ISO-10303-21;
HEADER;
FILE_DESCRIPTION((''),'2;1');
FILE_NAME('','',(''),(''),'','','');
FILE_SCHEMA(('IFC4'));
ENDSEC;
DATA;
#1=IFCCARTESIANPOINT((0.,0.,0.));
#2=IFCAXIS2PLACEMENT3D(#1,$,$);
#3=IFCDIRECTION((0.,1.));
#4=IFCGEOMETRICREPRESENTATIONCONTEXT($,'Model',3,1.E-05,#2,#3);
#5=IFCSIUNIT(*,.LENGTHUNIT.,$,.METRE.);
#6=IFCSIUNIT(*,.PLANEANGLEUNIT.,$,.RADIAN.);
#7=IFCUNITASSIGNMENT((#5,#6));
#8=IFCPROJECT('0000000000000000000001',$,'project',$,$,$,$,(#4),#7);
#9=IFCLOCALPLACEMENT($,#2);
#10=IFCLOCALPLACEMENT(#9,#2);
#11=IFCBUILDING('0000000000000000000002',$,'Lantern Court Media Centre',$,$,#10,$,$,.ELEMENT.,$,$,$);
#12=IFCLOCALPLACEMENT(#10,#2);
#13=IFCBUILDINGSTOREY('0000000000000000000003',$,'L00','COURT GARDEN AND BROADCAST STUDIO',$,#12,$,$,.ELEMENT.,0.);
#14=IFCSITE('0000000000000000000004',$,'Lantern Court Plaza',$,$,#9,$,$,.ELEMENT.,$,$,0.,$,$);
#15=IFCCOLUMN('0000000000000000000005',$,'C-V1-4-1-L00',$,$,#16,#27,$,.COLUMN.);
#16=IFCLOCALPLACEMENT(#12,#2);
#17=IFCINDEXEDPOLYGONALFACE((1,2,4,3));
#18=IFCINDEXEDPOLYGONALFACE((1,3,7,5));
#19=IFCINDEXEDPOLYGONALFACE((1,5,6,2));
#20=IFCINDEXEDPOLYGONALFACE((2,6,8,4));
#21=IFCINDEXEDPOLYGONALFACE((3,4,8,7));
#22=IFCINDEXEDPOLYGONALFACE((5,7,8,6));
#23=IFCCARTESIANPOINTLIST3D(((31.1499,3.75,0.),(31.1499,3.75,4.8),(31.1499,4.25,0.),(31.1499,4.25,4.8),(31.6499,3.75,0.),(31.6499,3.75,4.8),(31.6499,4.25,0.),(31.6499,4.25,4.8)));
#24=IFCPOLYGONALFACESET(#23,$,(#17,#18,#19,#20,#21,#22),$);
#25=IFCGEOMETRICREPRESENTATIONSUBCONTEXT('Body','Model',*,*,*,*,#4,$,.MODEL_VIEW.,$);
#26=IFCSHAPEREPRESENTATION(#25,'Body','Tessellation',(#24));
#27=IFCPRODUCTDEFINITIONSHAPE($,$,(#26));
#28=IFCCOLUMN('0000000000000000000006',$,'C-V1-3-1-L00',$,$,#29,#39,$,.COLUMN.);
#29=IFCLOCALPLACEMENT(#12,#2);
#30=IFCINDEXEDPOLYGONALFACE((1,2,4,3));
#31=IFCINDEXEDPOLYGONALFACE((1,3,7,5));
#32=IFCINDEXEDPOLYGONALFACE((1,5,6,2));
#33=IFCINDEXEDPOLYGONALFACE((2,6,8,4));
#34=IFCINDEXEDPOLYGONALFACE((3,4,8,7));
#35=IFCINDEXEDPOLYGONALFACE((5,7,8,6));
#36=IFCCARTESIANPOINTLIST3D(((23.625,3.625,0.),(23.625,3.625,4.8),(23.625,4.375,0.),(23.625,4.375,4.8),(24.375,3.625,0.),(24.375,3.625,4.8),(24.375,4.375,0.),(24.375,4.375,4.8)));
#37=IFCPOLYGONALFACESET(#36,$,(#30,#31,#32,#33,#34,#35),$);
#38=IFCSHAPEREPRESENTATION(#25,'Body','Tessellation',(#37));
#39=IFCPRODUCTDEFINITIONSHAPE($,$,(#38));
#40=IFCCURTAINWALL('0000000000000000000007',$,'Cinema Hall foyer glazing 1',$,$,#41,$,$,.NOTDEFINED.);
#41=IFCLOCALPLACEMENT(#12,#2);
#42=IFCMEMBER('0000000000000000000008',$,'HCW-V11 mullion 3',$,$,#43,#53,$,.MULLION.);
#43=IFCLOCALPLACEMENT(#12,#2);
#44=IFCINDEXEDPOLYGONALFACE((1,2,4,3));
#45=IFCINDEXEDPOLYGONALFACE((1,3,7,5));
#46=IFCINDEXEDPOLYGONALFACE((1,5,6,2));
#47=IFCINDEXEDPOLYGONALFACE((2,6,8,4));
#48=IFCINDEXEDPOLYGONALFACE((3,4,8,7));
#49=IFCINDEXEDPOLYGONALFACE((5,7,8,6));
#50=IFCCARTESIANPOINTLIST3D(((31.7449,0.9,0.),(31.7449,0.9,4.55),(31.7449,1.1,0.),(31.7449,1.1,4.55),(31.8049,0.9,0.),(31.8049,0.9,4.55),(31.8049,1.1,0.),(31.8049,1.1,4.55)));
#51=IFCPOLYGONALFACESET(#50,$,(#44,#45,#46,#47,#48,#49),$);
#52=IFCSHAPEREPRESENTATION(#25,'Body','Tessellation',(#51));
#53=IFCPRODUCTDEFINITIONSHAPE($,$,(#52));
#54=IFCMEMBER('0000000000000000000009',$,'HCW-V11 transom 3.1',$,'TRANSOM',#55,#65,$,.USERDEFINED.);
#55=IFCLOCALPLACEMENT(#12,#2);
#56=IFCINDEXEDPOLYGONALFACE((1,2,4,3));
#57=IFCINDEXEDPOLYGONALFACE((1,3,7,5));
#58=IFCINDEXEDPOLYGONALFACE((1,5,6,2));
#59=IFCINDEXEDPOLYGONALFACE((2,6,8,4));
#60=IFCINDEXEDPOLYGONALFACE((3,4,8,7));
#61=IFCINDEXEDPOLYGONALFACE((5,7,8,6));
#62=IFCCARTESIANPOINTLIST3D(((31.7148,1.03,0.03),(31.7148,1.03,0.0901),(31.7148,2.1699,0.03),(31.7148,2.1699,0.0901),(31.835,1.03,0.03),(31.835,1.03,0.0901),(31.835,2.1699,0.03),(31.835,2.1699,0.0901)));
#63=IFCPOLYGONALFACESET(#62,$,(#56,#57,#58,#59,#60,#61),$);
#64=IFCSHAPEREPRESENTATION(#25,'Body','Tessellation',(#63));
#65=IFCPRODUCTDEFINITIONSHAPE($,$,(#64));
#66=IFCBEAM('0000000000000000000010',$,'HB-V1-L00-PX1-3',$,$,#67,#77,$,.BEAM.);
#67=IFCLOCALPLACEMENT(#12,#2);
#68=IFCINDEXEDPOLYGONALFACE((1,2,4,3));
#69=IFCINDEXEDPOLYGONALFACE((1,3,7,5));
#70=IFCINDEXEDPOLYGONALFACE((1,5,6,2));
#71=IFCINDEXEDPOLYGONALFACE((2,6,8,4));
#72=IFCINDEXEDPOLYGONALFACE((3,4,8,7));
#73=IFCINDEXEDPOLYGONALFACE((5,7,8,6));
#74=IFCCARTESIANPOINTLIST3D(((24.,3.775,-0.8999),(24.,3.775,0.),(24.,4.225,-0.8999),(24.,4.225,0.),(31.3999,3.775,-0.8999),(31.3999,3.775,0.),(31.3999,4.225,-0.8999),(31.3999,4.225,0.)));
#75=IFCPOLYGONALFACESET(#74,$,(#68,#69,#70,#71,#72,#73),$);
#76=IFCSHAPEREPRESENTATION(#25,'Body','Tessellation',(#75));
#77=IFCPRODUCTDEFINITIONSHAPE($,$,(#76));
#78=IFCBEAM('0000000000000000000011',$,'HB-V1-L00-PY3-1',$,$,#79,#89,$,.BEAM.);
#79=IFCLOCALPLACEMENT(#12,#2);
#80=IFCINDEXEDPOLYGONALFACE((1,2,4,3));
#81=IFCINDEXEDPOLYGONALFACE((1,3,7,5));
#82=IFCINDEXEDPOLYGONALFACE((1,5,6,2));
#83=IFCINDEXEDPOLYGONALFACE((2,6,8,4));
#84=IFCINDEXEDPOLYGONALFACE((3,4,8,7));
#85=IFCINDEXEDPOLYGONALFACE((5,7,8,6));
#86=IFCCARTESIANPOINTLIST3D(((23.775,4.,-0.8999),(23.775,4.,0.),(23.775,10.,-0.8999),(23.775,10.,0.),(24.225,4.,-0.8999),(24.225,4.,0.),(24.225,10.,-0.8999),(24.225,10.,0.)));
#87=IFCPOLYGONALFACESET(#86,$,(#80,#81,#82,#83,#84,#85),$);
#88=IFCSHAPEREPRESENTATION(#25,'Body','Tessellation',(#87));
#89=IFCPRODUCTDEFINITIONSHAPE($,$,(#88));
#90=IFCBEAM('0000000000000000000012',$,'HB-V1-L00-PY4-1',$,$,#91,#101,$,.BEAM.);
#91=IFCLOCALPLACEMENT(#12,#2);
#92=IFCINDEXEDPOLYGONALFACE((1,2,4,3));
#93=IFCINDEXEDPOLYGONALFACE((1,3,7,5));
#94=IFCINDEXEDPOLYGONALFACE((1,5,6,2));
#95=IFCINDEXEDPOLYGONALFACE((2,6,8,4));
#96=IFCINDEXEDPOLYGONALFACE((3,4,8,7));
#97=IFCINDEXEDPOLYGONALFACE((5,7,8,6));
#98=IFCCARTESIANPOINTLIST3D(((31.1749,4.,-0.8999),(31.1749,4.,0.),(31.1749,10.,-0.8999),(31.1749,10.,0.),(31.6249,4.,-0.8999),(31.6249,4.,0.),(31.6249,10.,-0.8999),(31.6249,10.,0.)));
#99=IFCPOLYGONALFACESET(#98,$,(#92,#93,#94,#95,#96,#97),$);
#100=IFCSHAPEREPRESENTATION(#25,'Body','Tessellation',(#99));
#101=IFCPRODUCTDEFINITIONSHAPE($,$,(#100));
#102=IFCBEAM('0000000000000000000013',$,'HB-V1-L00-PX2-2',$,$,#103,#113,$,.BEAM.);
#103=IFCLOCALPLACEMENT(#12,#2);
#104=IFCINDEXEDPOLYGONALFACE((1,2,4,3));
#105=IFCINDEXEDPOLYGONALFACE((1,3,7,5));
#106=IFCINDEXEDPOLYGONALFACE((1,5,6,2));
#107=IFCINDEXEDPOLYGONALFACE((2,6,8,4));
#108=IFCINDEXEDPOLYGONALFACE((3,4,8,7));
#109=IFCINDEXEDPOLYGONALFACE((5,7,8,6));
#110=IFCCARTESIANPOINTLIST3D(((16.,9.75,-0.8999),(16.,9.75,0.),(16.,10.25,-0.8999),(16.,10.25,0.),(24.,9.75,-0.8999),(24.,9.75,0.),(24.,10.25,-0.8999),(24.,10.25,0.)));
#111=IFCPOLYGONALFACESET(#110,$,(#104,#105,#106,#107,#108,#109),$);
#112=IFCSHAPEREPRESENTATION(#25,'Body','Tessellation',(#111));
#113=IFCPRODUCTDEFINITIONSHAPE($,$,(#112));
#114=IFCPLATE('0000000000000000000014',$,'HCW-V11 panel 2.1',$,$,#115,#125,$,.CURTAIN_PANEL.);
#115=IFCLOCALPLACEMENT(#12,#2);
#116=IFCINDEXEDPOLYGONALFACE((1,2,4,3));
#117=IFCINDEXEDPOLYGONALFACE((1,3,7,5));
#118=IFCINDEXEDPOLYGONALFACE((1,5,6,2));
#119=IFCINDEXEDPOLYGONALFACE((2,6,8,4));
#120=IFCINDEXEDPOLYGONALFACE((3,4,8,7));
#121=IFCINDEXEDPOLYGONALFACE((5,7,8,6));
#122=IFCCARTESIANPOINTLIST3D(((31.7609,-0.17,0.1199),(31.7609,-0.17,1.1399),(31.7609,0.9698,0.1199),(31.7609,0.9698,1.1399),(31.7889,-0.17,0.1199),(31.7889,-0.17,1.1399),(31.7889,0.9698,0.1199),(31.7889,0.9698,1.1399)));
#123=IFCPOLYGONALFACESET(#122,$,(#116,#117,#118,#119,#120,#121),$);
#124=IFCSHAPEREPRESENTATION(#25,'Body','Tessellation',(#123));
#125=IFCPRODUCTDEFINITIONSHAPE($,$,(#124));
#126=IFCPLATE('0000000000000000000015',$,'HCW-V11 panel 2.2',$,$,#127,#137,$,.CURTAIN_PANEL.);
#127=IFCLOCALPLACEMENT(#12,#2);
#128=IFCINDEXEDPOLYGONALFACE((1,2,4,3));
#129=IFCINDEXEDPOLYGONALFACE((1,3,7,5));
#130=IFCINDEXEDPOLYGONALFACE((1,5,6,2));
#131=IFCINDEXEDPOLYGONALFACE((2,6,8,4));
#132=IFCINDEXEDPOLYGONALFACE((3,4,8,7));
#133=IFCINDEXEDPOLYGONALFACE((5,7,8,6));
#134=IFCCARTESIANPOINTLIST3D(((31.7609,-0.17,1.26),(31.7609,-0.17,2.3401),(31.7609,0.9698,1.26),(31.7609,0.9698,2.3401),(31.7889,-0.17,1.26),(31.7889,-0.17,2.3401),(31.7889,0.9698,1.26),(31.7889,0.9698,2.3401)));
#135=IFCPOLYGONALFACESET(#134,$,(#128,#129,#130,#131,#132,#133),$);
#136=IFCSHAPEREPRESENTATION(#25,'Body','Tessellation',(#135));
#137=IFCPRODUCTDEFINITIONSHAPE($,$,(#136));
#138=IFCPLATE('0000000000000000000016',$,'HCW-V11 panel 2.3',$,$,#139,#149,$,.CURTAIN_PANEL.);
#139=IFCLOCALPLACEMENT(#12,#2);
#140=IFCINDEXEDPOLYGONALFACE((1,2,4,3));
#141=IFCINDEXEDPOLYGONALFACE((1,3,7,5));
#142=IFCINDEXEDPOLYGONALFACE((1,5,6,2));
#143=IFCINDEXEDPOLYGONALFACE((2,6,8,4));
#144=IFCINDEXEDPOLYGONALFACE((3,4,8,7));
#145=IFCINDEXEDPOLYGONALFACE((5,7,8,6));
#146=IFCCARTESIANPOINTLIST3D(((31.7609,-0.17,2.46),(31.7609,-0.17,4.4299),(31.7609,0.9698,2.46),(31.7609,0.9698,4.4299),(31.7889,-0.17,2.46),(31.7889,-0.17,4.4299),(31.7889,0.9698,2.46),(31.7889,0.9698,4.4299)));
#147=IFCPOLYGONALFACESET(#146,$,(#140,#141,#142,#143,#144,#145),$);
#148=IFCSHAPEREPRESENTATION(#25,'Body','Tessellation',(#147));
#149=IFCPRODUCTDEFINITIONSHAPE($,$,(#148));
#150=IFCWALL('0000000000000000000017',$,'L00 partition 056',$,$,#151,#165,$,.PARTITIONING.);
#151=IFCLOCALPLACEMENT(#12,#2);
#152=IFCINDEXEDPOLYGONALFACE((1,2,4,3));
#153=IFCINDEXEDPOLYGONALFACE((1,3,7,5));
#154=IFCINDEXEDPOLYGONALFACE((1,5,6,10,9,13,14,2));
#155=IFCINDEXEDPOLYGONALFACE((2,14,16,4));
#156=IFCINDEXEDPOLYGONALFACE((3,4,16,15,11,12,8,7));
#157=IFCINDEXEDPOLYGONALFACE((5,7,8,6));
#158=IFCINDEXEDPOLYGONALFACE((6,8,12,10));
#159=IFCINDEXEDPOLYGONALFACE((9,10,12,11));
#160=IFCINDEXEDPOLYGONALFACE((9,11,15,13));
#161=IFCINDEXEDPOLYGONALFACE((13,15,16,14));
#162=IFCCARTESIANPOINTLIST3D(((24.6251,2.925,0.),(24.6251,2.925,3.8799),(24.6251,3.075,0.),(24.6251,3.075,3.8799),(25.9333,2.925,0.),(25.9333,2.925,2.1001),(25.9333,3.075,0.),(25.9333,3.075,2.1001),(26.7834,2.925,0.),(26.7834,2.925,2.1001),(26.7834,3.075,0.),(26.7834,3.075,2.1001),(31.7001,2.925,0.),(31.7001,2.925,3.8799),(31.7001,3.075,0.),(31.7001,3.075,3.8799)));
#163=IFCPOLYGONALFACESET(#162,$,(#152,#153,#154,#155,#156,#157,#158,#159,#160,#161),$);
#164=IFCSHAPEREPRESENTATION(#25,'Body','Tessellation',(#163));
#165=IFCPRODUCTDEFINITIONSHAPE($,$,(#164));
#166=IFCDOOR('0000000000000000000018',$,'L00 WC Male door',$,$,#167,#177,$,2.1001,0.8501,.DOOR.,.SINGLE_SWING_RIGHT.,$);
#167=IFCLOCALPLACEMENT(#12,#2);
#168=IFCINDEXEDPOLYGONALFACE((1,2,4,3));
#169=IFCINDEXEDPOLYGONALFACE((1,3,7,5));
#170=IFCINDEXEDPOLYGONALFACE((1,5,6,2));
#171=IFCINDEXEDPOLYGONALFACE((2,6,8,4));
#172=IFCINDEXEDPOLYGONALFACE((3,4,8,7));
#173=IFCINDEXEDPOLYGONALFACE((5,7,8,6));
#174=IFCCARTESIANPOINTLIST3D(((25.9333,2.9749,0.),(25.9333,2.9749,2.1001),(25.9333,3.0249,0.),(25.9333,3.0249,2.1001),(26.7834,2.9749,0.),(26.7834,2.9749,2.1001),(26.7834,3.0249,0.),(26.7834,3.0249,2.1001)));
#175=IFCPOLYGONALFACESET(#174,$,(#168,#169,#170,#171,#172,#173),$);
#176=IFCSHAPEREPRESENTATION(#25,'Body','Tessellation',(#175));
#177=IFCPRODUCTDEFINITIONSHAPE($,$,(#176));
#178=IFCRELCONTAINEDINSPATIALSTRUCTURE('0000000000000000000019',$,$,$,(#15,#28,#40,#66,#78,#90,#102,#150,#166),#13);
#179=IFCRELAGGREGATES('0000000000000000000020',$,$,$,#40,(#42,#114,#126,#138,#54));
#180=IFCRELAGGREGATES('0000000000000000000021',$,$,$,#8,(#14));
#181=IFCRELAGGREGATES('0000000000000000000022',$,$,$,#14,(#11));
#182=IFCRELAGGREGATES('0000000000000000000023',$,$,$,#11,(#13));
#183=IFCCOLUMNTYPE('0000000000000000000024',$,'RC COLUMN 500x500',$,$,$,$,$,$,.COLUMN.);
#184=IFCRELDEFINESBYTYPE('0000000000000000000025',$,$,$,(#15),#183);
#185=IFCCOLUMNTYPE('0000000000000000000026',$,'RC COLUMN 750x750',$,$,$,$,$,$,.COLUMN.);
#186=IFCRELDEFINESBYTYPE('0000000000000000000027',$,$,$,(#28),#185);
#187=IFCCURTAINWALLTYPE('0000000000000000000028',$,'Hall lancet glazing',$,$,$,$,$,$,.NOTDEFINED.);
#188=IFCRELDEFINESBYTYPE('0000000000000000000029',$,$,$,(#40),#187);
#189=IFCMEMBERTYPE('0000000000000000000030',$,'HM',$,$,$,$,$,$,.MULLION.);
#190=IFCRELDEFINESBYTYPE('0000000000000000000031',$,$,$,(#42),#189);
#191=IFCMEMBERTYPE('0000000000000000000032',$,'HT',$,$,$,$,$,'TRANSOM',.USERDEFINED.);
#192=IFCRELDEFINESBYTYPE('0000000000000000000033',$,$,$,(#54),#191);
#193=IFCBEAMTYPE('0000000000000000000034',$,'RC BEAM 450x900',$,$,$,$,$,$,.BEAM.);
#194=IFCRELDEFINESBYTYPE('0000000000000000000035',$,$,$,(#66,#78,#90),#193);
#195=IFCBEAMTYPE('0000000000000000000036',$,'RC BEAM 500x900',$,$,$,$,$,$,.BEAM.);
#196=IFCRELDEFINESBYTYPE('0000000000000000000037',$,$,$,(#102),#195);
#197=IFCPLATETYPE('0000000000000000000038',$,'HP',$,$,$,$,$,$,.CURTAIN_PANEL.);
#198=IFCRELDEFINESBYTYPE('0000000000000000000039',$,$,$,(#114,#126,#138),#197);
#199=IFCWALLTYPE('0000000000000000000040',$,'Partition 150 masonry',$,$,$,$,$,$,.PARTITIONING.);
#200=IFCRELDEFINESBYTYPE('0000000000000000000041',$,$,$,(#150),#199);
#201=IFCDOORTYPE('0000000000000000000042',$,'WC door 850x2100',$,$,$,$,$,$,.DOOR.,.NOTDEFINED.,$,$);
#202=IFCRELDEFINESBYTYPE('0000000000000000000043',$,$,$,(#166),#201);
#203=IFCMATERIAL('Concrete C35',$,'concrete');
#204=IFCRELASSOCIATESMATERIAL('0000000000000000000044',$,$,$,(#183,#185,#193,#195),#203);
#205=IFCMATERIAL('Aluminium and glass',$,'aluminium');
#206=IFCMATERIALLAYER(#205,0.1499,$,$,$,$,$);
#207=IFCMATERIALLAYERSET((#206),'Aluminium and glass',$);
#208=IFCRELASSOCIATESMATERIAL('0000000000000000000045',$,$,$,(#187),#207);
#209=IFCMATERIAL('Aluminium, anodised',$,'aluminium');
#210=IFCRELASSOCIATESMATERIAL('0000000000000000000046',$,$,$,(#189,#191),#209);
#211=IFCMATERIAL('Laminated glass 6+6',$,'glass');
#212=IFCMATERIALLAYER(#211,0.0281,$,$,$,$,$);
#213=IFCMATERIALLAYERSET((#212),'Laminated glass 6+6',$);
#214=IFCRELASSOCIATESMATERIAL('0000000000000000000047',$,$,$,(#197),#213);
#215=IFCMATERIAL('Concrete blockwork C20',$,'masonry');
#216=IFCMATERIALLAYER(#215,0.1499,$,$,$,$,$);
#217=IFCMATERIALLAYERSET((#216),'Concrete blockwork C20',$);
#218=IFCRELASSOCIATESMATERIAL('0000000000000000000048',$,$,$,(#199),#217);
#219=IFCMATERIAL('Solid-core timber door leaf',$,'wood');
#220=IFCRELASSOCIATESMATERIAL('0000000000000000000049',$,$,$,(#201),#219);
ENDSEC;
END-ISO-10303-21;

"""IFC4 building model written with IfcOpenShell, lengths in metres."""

from ifc_helpers import new_model, si_unit, direction, frame, frame_2d, origin, origin_2d, place, context, subcontext, project, spatial, rectangle, extrude, material, layer, layer_set, material_profile, profile_set, type_object, element, fill, aggregate, save


model = new_model("IFC4")

# Units and contexts
model_context = context("Model", 3, precision=1e-05, world=origin(), true_north=direction((0.0, 1.0)))
body_context = subcontext(model_context, "Body", "Model", "MODEL_VIEW")
ifc_project = project(units=[si_unit("LENGTHUNIT", "METRE"), si_unit("PLANEANGLEUNIT", "RADIAN")], contexts=[model_context])

# Site, building, storey
site_placement = place(None, origin())
site = spatial("IfcSite", under=ifc_project, at=site_placement, Name="Lantern Court Plaza", CompositionType="ELEMENT", RefElevation=0.0)
building_placement = place(site_placement, origin())
building = spatial("IfcBuilding", under=site, at=building_placement, Name="Lantern Court Media Centre", CompositionType="ELEMENT")
storey_placement = place(building_placement, origin())
storey = spatial("IfcBuildingStorey", under=building, at=storey_placement, Name="L00", Description="COURT GARDEN AND BROADCAST STUDIO", CompositionType="ELEMENT", Elevation=0.0)

# Columns
ifc_material_1 = material(Name="Concrete C35", Category="concrete")
ifc_material_profile_1 = material_profile(ifc_material_1, rectangle(XDim=0.5, YDim=0.5, at=origin_2d()), Name="RC 500x500")
ifc_profile_set_1 = profile_set([ifc_material_profile_1], Name="Concrete C35")
column_type_1 = type_object("IfcColumnType", Name="RC COLUMN 500x500", PredefinedType="COLUMN", material=ifc_profile_set_1)
column_1_placement = place(storey_placement, frame((31.3999, 4.0, 0.0), z_axis=(0.0, 0.0, 1.0), x_axis=(1.0, 0.0, 0.0)))
element("IfcColumn", 1, at=column_1_placement, inside=storey, type_object=column_type_1, Name="C-V1-4-1-L00", PredefinedType="COLUMN", context=body_context, shape_type="SweptSolid", body=[
    extrude(rectangle(XDim=0.5, YDim=0.5, at=origin_2d()), origin(), (0.0, 0.0, 1.0), 4.8),
])
ifc_material_profile_2 = material_profile(ifc_material_1, rectangle(XDim=0.75, YDim=0.75, at=origin_2d()), Name="RC 750x750")
ifc_profile_set_2 = profile_set([ifc_material_profile_2], Name="Concrete C35")
column_type_2 = type_object("IfcColumnType", Name="RC COLUMN 750x750", PredefinedType="COLUMN", material=ifc_profile_set_2)
column_2_placement = place(storey_placement, frame((24.0, 4.0, 0.0), z_axis=(0.0, 0.0, 1.0), x_axis=(1.0, 0.0, 0.0)))
element("IfcColumn", 2, at=column_2_placement, inside=storey, type_object=column_type_2, Name="C-V1-3-1-L00", PredefinedType="COLUMN", context=body_context, shape_type="SweptSolid", body=[
    extrude(rectangle(XDim=0.75, YDim=0.75, at=origin_2d()), origin(), (0.0, 0.0, 1.0), 4.8),
])

# Curtain wall, members
ifc_material_2 = material(Name="Aluminium and glass", Category="aluminium")
ifc_layer_1 = layer(ifc_material_2, 0.1499)
ifc_layer_set_1 = layer_set([ifc_layer_1], Name="Aluminium and glass")
curtain_wall_type = type_object("IfcCurtainWallType", Name="Hall lancet glazing", PredefinedType="NOTDEFINED", material=ifc_layer_set_1)
curtain_wall_placement = place(storey_placement, origin())
curtain_wall = element("IfcCurtainWall", 3, at=curtain_wall_placement, inside=storey, type_object=curtain_wall_type, Name="Cinema Hall foyer glazing 1", PredefinedType="NOTDEFINED")
ifc_material_3 = material(Name="Aluminium, anodised", Category="aluminium")
ifc_material_profile_3 = material_profile(ifc_material_3, rectangle(XDim=0.0601, YDim=0.2, at=origin_2d()), Name="HM")
ifc_profile_set_3 = profile_set([ifc_material_profile_3], Name="Aluminium, anodised")
member_type_1 = type_object("IfcMemberType", Name="HM", PredefinedType="MULLION", material=ifc_profile_set_3)
member_1_placement = place(storey_placement, frame((31.7749, 1.0, 0.0), z_axis=(0.0, 0.0, 1.0), x_axis=(-1.0, 0.0, 0.0)))
member_1 = element("IfcMember", 4, at=member_1_placement, type_object=member_type_1, Name="HCW-V11 mullion 3", PredefinedType="MULLION", context=body_context, shape_type="SweptSolid", body=[
    extrude(rectangle(XDim=0.0601, YDim=0.2, at=origin_2d()), origin(), (0.0, 0.0, 1.0), 4.55),
])
ifc_material_profile_4 = material_profile(ifc_material_3, rectangle(XDim=0.1201, YDim=0.0601, at=origin_2d()), Name="HT")
ifc_profile_set_4 = profile_set([ifc_material_profile_4], Name="Aluminium, anodised")
member_type_2 = type_object("IfcMemberType", Name="HT", ElementType="TRANSOM", PredefinedType="USERDEFINED", material=ifc_profile_set_4)
member_2_placement = place(storey_placement, frame((31.7749, 1.03, 0.0601), z_axis=(0.0, 1.0, 0.0), x_axis=(-1.0, 0.0, 0.0)))
member_2 = element("IfcMember", 5, at=member_2_placement, type_object=member_type_2, Name="HCW-V11 transom 3.1", ObjectType="TRANSOM", PredefinedType="USERDEFINED", context=body_context, shape_type="SweptSolid", body=[
    extrude(rectangle(XDim=0.1201, YDim=0.0601, at=origin_2d()), origin(), (0.0, 0.0, 1.0), 1.1399),
])

# Beams
ifc_material_profile_5 = material_profile(ifc_material_1, rectangle(XDim=0.45, YDim=0.8999, at=origin_2d()), Name="RC 450x900")
ifc_profile_set_5 = profile_set([ifc_material_profile_5], Name="Concrete C35")
beam_type_1 = type_object("IfcBeamType", Name="RC BEAM 450x900", PredefinedType="BEAM", material=ifc_profile_set_5)
beam_1_placement = place(storey_placement, frame((24.0, 4.0, -0.45), z_axis=(1.0, 0.0, 0.0), x_axis=(0.0, 1.0, 0.0)))
element("IfcBeam", 6, at=beam_1_placement, inside=storey, type_object=beam_type_1, Name="HB-V1-L00-PX1-3", PredefinedType="BEAM", context=body_context, shape_type="SweptSolid", body=[
    extrude(rectangle(XDim=0.45, YDim=0.8999, at=origin_2d()), origin(), (0.0, 0.0, 1.0), 7.3999),
])
for number, where, z_axis, x_axis, name in (
    (7, (24.0, 4.0, -0.45), (0.0, 1.0, 0.0), (-1.0, 0.0, 0.0), "HB-V1-L00-PY3-1"),
    (8, (31.3999, 4.0, -0.45), (0.0, 1.0, 0.0), (-1.0, 0.0, 0.0), "HB-V1-L00-PY4-1"),
):
    element("IfcBeam", number, at=place(storey_placement, frame(where, z_axis=z_axis, x_axis=x_axis)), inside=storey, type_object=beam_type_1, Name=name, PredefinedType="BEAM", context=body_context, shape_type="SweptSolid", body=[
        extrude(rectangle(XDim=0.45, YDim=0.8999, at=origin_2d()), origin(), (0.0, 0.0, 1.0), 6.0),
    ])
ifc_material_profile_6 = material_profile(ifc_material_1, rectangle(XDim=0.5, YDim=0.8999, at=origin_2d()), Name="RC 500x900")
ifc_profile_set_6 = profile_set([ifc_material_profile_6], Name="Concrete C35")
beam_type_2 = type_object("IfcBeamType", Name="RC BEAM 500x900", PredefinedType="BEAM", material=ifc_profile_set_6)
beam_2_placement = place(storey_placement, frame((16.0, 10.0, -0.45), z_axis=(1.0, 0.0, 0.0), x_axis=(0.0, 1.0, 0.0)))
element("IfcBeam", 9, at=beam_2_placement, inside=storey, type_object=beam_type_2, Name="HB-V1-L00-PX2-2", PredefinedType="BEAM", context=body_context, shape_type="SweptSolid", body=[
    extrude(rectangle(XDim=0.5, YDim=0.8999, at=origin_2d()), origin(), (0.0, 0.0, 1.0), 8.0),
])

# Plates
ifc_material_4 = material(Name="Laminated glass 6+6", Category="glass")
ifc_layer_2 = layer(ifc_material_4, 0.0281)
ifc_layer_set_2 = layer_set([ifc_layer_2], Name="Laminated glass 6+6")
plate_type = type_object("IfcPlateType", Name="HP", PredefinedType="CURTAIN_PANEL", material=ifc_layer_set_2)
plate_1_placement = place(storey_placement, frame((31.7749, 0.3999, 0.1199), z_axis=(0.0, 0.0, 1.0), x_axis=(0.0, 1.0, 0.0)))
plate_1 = element("IfcPlate", 10, at=plate_1_placement, type_object=plate_type, Name="HCW-V11 panel 2.1", PredefinedType="CURTAIN_PANEL", context=body_context, shape_type="SweptSolid", body=[
    extrude(rectangle(XDim=1.1399, YDim=0.0281, at=origin_2d()), origin(), (0.0, 0.0, 1.0), 1.02),
])
plate_2_placement = place(storey_placement, frame((31.7749, 0.3999, 1.26), z_axis=(0.0, 0.0, 1.0), x_axis=(0.0, 1.0, 0.0)))
plate_2 = element("IfcPlate", 11, at=plate_2_placement, type_object=plate_type, Name="HCW-V11 panel 2.2", PredefinedType="CURTAIN_PANEL", context=body_context, shape_type="SweptSolid", body=[
    extrude(rectangle(XDim=1.1399, YDim=0.0281, at=origin_2d()), origin(), (0.0, 0.0, 1.0), 1.0801),
])
plate_3_placement = place(storey_placement, frame((31.7749, 0.3999, 2.46), z_axis=(0.0, 0.0, 1.0), x_axis=(0.0, 1.0, 0.0)))
plate_3 = element("IfcPlate", 12, at=plate_3_placement, type_object=plate_type, Name="HCW-V11 panel 2.3", PredefinedType="CURTAIN_PANEL", context=body_context, shape_type="SweptSolid", body=[
    extrude(rectangle(XDim=1.1399, YDim=0.0281, at=origin_2d()), origin(), (0.0, 0.0, 1.0), 1.97),
])
aggregate(curtain_wall, [member_1, plate_1, plate_2, plate_3, member_2])

# Wall, opening, door
ifc_material_5 = material(Name="Concrete blockwork C20", Category="masonry")
ifc_layer_3 = layer(ifc_material_5, 0.1499)
ifc_layer_set_3 = layer_set([ifc_layer_3], Name="Concrete blockwork C20")
wall_type = type_object("IfcWallType", Name="Partition 150 masonry", PredefinedType="PARTITIONING", material=ifc_layer_set_3)
wall_1_placement = place(storey_placement, frame((24.625, 3.0, 0.0), z_axis=(0.0, 0.0, 1.0), x_axis=(1.0, 0.0, 0.0)))
wall_1 = element("IfcWall", 13, at=wall_1_placement, inside=storey, type_object=wall_type, Name="L00 partition 056", PredefinedType="PARTITIONING", context=body_context, shape_type="SweptSolid", body=[
    extrude(rectangle(XDim=7.075, YDim=0.1499, at=frame_2d((3.5376, 0.0))), origin(), (0.0, 0.0, 1.0), 3.8799),
])
opening_1_placement = place(wall_1_placement, frame((1.3083, 0.0, 0.0)))
opening_1 = element("IfcOpeningElement", 14, at=opening_1_placement, cuts=wall_1, PredefinedType="OPENING", context=body_context, shape_type="SweptSolid", body=[
    extrude(rectangle(XDim=0.8501, YDim=2.1001, at=frame_2d((0.425, 1.05))), frame((0.0, 0.085, 0.0), z_axis=(0.0, -1.0, 0.0), x_axis=(1.0, 0.0, 0.0)), (0.0, 0.0, 1.0), 0.1699),
])
ifc_material_6 = material(Name="Solid-core timber door leaf", Category="wood")
door_type = type_object("IfcDoorType", Name="WC door 850x2100", OperationType="NOTDEFINED", PredefinedType="DOOR", material=ifc_material_6)
door_1_placement = place(opening_1_placement, origin())
door_1 = element("IfcDoor", 15, at=door_1_placement, inside=storey, type_object=door_type, Name="L00 WC Male door", OperationType="SINGLE_SWING_RIGHT", OverallHeight=2.1001, OverallWidth=0.8501, PredefinedType="DOOR", context=body_context, shape_type="SweptSolid", body=[
    extrude(rectangle(XDim=0.8501, YDim=2.1001, at=frame_2d((0.425, 1.05))), frame((0.0, 0.0249, 0.0), z_axis=(0.0, -1.0, 0.0), x_axis=(1.0, 0.0, 0.0)), (0.0, 0.0, 1.0), 0.05),
])
fill(opening_1, door_1)

save(model, "model.ifc")
